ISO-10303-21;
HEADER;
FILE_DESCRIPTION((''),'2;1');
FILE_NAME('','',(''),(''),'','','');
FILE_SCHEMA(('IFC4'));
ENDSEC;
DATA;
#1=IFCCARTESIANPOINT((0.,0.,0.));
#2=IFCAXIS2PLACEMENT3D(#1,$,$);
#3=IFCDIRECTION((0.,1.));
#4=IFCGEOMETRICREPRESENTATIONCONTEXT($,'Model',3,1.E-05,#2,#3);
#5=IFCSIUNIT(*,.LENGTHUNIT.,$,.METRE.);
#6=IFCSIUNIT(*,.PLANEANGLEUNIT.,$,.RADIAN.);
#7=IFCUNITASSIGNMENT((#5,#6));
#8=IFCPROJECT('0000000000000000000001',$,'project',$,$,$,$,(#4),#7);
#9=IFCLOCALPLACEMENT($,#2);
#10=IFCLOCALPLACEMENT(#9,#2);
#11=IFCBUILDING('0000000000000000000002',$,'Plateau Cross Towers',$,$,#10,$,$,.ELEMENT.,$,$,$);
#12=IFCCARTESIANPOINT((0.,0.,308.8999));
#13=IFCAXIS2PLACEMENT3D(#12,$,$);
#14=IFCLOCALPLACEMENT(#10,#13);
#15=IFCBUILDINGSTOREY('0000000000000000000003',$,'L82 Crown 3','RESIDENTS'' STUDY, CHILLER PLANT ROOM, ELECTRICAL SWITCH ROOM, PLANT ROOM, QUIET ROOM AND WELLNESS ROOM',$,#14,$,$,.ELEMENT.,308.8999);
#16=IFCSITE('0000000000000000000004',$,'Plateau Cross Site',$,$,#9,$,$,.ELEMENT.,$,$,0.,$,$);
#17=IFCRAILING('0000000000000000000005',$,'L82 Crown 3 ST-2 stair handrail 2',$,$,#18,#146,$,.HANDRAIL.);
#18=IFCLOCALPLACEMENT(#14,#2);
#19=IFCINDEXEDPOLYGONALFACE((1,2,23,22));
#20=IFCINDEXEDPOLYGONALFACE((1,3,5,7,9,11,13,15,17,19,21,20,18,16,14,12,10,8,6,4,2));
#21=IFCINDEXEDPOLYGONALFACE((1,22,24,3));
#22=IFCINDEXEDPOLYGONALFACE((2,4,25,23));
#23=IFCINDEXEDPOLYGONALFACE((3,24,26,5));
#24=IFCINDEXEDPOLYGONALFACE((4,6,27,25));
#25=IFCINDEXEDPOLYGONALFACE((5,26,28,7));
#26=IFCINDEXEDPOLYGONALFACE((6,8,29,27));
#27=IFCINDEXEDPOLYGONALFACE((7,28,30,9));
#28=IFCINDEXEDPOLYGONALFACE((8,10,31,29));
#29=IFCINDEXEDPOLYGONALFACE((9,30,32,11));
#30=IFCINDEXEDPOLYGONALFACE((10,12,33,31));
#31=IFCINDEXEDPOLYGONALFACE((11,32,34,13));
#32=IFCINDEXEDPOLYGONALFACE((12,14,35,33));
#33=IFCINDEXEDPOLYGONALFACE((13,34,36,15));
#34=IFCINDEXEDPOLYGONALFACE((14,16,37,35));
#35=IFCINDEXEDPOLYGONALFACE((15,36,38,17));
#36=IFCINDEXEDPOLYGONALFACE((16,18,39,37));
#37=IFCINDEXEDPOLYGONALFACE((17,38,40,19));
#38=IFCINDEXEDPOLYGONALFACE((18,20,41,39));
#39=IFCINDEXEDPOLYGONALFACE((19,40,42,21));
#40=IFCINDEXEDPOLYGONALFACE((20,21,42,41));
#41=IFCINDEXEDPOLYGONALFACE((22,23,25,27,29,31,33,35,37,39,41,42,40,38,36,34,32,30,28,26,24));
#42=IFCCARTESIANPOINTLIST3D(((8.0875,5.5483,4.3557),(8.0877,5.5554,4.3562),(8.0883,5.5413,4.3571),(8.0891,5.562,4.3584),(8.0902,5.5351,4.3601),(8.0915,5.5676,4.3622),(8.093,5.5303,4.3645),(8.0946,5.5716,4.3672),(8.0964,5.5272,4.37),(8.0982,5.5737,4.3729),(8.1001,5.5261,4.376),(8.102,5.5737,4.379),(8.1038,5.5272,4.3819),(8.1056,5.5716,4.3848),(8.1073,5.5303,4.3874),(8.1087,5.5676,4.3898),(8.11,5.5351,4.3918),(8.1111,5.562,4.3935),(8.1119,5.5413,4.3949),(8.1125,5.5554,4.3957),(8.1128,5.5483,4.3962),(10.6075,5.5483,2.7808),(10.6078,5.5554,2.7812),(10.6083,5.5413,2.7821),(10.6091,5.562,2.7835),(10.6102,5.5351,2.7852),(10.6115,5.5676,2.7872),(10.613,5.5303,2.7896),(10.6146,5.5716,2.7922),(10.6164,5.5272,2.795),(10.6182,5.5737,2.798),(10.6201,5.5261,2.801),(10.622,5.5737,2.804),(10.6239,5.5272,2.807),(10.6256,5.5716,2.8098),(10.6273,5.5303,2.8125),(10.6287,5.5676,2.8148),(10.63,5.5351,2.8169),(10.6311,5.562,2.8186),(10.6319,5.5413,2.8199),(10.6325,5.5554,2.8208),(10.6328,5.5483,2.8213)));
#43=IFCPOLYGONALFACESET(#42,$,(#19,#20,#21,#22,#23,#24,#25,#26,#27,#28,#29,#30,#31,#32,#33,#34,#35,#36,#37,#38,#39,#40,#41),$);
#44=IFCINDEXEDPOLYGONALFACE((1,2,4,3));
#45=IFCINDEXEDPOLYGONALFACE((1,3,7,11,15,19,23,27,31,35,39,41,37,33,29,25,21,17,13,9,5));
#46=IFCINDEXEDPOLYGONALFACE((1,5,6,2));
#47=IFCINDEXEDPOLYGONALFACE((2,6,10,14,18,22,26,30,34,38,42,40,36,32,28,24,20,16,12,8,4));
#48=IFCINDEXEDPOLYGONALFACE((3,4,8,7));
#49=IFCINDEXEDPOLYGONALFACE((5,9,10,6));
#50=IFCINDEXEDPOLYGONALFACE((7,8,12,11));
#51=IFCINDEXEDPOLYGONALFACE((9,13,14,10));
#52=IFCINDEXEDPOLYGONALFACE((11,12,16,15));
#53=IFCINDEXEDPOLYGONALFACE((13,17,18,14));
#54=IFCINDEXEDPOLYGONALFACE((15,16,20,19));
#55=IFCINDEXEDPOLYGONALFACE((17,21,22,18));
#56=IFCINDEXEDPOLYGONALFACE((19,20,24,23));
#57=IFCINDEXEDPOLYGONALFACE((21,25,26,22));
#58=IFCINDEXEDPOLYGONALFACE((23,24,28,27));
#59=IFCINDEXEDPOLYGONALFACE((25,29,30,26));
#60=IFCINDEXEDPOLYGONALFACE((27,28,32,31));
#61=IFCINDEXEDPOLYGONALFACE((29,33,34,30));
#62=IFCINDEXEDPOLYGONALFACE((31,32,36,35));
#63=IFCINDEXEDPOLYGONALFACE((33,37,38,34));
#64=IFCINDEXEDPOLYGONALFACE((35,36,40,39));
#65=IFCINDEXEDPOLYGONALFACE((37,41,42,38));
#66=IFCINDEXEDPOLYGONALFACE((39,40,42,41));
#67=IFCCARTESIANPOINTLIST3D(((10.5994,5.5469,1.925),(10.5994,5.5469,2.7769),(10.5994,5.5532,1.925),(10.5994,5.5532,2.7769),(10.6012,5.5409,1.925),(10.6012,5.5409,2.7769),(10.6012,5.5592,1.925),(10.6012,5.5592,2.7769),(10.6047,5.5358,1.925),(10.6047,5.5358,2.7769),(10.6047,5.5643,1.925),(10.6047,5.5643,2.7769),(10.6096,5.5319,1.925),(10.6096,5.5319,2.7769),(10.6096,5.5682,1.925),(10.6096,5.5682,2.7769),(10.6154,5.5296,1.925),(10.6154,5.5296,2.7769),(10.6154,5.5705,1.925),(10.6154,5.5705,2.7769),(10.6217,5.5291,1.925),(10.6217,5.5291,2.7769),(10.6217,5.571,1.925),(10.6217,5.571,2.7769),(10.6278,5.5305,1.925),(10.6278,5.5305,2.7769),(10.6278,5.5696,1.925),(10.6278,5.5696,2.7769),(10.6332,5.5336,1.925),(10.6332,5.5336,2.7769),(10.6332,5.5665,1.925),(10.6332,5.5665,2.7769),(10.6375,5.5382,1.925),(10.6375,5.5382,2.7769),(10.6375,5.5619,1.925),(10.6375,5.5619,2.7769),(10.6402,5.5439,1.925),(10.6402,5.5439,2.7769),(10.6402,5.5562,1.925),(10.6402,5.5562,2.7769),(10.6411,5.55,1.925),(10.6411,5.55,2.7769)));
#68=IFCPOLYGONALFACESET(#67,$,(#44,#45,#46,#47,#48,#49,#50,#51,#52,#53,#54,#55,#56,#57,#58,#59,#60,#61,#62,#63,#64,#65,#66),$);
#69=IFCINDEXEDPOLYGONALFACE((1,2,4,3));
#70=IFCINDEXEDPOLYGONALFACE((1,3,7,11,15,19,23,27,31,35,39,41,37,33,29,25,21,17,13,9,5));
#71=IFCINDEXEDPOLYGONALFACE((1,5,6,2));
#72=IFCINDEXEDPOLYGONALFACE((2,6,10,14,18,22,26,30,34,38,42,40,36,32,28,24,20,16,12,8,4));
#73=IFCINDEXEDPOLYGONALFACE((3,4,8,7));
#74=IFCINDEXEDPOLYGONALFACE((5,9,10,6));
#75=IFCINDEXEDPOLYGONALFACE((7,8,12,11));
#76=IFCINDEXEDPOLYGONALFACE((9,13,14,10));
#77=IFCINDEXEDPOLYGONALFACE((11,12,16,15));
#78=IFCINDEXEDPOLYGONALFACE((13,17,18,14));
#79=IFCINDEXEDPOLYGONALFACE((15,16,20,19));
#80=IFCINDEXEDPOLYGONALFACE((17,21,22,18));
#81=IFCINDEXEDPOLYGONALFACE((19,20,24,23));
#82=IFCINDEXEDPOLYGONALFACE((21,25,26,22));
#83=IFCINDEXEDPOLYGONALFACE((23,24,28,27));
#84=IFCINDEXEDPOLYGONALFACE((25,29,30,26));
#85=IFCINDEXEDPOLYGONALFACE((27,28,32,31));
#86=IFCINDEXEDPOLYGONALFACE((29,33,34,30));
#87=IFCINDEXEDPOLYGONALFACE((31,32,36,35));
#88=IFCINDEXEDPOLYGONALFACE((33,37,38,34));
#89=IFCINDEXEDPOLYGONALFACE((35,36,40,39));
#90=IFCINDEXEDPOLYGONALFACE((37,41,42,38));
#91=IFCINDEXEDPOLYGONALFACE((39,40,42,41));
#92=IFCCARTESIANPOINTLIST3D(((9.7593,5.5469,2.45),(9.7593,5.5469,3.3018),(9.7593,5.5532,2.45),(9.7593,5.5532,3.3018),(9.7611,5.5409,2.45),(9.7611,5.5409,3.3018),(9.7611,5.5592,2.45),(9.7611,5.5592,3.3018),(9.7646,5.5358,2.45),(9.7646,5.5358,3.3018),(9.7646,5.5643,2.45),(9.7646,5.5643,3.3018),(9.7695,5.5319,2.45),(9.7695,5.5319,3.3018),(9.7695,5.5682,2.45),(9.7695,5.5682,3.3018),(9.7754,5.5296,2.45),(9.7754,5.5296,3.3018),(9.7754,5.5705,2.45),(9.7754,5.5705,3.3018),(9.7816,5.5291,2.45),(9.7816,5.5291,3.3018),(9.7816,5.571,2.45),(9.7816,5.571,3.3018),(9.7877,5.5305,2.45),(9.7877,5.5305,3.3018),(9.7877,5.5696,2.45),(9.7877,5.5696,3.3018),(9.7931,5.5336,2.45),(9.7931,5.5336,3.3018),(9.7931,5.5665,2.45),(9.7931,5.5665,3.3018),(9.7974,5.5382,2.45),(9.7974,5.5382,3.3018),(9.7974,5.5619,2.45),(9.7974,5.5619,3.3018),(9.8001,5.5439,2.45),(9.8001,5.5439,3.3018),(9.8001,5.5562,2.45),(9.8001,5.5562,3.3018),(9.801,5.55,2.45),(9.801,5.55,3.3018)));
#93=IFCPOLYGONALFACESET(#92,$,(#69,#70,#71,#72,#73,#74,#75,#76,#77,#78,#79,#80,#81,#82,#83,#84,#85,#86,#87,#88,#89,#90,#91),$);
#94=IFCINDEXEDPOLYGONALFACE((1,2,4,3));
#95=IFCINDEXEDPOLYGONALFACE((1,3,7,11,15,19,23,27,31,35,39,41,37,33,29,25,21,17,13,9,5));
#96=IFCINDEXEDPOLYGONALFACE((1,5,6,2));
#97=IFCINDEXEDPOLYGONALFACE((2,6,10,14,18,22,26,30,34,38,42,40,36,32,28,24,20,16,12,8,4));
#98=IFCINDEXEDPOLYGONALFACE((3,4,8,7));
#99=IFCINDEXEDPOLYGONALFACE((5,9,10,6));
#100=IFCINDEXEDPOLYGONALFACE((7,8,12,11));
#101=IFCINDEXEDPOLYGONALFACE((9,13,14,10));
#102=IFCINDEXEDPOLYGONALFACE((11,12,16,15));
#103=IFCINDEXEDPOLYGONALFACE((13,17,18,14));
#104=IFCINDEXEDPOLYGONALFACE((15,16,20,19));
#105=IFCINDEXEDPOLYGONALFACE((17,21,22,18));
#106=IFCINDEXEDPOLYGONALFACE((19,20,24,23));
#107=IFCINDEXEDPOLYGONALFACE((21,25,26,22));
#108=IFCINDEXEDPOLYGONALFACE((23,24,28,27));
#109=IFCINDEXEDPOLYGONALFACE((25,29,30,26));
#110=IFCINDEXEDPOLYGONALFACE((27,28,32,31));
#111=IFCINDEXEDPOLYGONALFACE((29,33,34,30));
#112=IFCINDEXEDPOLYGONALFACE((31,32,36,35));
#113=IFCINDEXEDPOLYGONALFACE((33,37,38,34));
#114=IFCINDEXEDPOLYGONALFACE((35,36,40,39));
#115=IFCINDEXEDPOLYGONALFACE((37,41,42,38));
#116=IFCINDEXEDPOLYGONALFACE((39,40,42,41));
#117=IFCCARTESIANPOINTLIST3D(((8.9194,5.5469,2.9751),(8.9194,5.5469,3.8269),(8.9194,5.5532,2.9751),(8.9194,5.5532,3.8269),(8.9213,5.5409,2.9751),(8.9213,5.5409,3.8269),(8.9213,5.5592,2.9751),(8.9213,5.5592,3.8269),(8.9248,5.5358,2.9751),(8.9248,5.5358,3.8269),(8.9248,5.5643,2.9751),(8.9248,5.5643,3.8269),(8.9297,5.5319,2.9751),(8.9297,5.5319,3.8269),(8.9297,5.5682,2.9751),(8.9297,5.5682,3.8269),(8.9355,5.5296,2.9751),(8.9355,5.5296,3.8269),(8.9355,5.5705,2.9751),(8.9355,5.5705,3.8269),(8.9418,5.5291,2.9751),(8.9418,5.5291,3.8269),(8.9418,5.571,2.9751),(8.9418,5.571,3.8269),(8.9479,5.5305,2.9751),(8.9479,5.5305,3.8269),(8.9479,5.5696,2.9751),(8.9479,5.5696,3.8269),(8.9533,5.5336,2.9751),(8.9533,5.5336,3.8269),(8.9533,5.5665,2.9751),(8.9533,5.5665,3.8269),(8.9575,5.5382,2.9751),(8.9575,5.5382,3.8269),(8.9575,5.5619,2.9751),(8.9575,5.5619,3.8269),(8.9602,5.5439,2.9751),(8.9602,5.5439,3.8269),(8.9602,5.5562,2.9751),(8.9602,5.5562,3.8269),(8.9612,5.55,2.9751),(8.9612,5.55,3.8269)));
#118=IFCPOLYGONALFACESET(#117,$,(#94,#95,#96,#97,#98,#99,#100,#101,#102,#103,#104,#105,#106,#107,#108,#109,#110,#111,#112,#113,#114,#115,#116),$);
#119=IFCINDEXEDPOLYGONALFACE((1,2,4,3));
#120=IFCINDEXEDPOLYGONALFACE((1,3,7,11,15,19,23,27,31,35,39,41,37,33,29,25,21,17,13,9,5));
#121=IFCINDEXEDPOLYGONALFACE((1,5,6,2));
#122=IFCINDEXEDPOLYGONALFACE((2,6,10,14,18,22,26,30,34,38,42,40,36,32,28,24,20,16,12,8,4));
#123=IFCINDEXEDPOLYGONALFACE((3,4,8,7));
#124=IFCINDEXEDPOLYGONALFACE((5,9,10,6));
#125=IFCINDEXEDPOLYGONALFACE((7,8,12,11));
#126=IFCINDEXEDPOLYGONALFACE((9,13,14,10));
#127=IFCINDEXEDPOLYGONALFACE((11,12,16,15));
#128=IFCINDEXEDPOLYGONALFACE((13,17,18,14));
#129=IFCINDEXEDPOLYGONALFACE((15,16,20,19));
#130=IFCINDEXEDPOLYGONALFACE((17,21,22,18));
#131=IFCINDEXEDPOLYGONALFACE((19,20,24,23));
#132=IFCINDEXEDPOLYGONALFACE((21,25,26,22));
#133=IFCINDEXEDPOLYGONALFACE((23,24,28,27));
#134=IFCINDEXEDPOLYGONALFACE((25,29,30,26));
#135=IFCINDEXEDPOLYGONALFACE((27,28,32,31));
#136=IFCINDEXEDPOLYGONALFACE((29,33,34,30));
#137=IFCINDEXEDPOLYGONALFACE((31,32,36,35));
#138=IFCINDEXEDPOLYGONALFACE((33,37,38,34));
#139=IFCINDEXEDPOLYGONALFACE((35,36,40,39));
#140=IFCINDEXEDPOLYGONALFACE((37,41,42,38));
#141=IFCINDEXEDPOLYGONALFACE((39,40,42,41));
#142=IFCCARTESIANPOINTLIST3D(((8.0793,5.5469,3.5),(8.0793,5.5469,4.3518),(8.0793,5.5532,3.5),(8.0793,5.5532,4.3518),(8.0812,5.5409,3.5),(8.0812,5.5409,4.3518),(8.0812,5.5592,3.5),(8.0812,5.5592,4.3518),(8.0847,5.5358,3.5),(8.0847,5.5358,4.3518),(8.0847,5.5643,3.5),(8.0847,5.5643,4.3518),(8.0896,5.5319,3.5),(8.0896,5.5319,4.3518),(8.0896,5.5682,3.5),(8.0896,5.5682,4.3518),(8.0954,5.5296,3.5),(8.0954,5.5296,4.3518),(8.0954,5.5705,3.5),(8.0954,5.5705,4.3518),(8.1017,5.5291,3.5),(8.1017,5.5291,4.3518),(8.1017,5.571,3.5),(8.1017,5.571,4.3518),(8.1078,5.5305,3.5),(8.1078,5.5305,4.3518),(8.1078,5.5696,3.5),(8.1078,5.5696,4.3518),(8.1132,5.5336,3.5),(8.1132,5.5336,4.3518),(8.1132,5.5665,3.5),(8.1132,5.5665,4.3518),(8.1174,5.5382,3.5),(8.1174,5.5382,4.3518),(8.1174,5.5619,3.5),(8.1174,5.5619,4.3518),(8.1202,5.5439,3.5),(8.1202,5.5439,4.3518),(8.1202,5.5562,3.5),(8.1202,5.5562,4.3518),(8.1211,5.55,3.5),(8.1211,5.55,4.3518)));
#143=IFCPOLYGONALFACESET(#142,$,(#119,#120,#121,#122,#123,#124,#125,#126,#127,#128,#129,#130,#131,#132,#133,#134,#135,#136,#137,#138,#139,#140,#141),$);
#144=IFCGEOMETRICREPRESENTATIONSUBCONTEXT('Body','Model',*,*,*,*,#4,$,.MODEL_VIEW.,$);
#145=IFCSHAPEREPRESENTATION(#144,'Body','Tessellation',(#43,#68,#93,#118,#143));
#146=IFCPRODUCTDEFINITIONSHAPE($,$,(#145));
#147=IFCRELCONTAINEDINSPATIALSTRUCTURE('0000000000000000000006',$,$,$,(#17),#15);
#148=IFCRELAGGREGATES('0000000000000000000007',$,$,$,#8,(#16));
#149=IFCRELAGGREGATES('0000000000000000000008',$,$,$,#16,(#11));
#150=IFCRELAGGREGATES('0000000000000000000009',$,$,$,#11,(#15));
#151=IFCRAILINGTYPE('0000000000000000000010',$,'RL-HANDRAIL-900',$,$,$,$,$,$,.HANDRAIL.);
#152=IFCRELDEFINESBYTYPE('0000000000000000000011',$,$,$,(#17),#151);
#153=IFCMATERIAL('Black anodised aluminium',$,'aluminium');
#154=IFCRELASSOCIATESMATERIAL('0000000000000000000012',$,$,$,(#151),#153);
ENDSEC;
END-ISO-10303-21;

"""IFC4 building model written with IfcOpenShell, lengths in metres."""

from ifc_helpers import new_model, si_unit, direction, frame, origin, origin_2d, place, context, subcontext, project, spatial, circle, extrude, material, type_object, element, save


model = new_model("IFC4")

# Units and contexts
model_context = context("Model", 3, precision=1e-05, world=origin(), true_north=direction((0.0, 1.0)))
body_context = subcontext(model_context, "Body", "Model", "MODEL_VIEW")
ifc_project = project(units=[si_unit("LENGTHUNIT", "METRE"), si_unit("PLANEANGLEUNIT", "RADIAN")], contexts=[model_context])

# Site, building, storey
site_placement = place(None, origin())
site = spatial("IfcSite", under=ifc_project, at=site_placement, Name="Plateau Cross Site", CompositionType="ELEMENT", RefElevation=0.0)
building_placement = place(site_placement, origin())
building = spatial("IfcBuilding", under=site, at=building_placement, Name="Plateau Cross Towers", CompositionType="ELEMENT")
storey_placement = place(building_placement, frame((0.0, 0.0, 308.8999)))
storey = spatial("IfcBuildingStorey", under=building, at=storey_placement, Name="L82 Crown 3", Description="RESIDENTS' STUDY, CHILLER PLANT ROOM, ELECTRICAL SWITCH ROOM, PLANT ROOM, QUIET ROOM AND WELLNESS ROOM", CompositionType="ELEMENT", Elevation=308.8999)

# Shared definitions
ifc_material_1 = material(Name="Black anodised aluminium", Category="aluminium")

# Railing
railing_type_1 = type_object("IfcRailingType", Name="RL-HANDRAIL-900", PredefinedType="HANDRAIL", material=ifc_material_1)
railing_1_placement = place(storey_placement, frame((10.6201, 5.55, 1.925)))
element("IfcRailing", 1, at=railing_1_placement, inside=storey, type_object=railing_type_1, Name="L82 Crown 3 ST-2 stair handrail 2", PredefinedType="HANDRAIL", context=body_context, shape_type="SweptSolid", body=[
    extrude(circle(Radius=0.0239, at=origin_2d()), frame((0.0, 0.0, 0.876), z_axis=(-0.848008, 0.0, 0.529984), x_axis=(0.0, -1.0, 0.0)), (0.0, 0.0, 1.0), 2.9717),
    extrude(circle(Radius=0.021, at=origin_2d()), origin(), (0.0, 0.0, 1.0), 0.8518),
    extrude(circle(Radius=0.021, at=origin_2d()), frame((-0.8401, 0.0, 0.5249)), (0.0, 0.0, 1.0), 0.8518),
    extrude(circle(Radius=0.021, at=origin_2d()), frame((-1.6799, 0.0, 1.05)), (0.0, 0.0, 1.0), 0.8518),
    extrude(circle(Radius=0.021, at=origin_2d()), frame((-2.52, 0.0, 1.575)), (0.0, 0.0, 1.0), 0.8518),
])

save(model, "model.ifc")
